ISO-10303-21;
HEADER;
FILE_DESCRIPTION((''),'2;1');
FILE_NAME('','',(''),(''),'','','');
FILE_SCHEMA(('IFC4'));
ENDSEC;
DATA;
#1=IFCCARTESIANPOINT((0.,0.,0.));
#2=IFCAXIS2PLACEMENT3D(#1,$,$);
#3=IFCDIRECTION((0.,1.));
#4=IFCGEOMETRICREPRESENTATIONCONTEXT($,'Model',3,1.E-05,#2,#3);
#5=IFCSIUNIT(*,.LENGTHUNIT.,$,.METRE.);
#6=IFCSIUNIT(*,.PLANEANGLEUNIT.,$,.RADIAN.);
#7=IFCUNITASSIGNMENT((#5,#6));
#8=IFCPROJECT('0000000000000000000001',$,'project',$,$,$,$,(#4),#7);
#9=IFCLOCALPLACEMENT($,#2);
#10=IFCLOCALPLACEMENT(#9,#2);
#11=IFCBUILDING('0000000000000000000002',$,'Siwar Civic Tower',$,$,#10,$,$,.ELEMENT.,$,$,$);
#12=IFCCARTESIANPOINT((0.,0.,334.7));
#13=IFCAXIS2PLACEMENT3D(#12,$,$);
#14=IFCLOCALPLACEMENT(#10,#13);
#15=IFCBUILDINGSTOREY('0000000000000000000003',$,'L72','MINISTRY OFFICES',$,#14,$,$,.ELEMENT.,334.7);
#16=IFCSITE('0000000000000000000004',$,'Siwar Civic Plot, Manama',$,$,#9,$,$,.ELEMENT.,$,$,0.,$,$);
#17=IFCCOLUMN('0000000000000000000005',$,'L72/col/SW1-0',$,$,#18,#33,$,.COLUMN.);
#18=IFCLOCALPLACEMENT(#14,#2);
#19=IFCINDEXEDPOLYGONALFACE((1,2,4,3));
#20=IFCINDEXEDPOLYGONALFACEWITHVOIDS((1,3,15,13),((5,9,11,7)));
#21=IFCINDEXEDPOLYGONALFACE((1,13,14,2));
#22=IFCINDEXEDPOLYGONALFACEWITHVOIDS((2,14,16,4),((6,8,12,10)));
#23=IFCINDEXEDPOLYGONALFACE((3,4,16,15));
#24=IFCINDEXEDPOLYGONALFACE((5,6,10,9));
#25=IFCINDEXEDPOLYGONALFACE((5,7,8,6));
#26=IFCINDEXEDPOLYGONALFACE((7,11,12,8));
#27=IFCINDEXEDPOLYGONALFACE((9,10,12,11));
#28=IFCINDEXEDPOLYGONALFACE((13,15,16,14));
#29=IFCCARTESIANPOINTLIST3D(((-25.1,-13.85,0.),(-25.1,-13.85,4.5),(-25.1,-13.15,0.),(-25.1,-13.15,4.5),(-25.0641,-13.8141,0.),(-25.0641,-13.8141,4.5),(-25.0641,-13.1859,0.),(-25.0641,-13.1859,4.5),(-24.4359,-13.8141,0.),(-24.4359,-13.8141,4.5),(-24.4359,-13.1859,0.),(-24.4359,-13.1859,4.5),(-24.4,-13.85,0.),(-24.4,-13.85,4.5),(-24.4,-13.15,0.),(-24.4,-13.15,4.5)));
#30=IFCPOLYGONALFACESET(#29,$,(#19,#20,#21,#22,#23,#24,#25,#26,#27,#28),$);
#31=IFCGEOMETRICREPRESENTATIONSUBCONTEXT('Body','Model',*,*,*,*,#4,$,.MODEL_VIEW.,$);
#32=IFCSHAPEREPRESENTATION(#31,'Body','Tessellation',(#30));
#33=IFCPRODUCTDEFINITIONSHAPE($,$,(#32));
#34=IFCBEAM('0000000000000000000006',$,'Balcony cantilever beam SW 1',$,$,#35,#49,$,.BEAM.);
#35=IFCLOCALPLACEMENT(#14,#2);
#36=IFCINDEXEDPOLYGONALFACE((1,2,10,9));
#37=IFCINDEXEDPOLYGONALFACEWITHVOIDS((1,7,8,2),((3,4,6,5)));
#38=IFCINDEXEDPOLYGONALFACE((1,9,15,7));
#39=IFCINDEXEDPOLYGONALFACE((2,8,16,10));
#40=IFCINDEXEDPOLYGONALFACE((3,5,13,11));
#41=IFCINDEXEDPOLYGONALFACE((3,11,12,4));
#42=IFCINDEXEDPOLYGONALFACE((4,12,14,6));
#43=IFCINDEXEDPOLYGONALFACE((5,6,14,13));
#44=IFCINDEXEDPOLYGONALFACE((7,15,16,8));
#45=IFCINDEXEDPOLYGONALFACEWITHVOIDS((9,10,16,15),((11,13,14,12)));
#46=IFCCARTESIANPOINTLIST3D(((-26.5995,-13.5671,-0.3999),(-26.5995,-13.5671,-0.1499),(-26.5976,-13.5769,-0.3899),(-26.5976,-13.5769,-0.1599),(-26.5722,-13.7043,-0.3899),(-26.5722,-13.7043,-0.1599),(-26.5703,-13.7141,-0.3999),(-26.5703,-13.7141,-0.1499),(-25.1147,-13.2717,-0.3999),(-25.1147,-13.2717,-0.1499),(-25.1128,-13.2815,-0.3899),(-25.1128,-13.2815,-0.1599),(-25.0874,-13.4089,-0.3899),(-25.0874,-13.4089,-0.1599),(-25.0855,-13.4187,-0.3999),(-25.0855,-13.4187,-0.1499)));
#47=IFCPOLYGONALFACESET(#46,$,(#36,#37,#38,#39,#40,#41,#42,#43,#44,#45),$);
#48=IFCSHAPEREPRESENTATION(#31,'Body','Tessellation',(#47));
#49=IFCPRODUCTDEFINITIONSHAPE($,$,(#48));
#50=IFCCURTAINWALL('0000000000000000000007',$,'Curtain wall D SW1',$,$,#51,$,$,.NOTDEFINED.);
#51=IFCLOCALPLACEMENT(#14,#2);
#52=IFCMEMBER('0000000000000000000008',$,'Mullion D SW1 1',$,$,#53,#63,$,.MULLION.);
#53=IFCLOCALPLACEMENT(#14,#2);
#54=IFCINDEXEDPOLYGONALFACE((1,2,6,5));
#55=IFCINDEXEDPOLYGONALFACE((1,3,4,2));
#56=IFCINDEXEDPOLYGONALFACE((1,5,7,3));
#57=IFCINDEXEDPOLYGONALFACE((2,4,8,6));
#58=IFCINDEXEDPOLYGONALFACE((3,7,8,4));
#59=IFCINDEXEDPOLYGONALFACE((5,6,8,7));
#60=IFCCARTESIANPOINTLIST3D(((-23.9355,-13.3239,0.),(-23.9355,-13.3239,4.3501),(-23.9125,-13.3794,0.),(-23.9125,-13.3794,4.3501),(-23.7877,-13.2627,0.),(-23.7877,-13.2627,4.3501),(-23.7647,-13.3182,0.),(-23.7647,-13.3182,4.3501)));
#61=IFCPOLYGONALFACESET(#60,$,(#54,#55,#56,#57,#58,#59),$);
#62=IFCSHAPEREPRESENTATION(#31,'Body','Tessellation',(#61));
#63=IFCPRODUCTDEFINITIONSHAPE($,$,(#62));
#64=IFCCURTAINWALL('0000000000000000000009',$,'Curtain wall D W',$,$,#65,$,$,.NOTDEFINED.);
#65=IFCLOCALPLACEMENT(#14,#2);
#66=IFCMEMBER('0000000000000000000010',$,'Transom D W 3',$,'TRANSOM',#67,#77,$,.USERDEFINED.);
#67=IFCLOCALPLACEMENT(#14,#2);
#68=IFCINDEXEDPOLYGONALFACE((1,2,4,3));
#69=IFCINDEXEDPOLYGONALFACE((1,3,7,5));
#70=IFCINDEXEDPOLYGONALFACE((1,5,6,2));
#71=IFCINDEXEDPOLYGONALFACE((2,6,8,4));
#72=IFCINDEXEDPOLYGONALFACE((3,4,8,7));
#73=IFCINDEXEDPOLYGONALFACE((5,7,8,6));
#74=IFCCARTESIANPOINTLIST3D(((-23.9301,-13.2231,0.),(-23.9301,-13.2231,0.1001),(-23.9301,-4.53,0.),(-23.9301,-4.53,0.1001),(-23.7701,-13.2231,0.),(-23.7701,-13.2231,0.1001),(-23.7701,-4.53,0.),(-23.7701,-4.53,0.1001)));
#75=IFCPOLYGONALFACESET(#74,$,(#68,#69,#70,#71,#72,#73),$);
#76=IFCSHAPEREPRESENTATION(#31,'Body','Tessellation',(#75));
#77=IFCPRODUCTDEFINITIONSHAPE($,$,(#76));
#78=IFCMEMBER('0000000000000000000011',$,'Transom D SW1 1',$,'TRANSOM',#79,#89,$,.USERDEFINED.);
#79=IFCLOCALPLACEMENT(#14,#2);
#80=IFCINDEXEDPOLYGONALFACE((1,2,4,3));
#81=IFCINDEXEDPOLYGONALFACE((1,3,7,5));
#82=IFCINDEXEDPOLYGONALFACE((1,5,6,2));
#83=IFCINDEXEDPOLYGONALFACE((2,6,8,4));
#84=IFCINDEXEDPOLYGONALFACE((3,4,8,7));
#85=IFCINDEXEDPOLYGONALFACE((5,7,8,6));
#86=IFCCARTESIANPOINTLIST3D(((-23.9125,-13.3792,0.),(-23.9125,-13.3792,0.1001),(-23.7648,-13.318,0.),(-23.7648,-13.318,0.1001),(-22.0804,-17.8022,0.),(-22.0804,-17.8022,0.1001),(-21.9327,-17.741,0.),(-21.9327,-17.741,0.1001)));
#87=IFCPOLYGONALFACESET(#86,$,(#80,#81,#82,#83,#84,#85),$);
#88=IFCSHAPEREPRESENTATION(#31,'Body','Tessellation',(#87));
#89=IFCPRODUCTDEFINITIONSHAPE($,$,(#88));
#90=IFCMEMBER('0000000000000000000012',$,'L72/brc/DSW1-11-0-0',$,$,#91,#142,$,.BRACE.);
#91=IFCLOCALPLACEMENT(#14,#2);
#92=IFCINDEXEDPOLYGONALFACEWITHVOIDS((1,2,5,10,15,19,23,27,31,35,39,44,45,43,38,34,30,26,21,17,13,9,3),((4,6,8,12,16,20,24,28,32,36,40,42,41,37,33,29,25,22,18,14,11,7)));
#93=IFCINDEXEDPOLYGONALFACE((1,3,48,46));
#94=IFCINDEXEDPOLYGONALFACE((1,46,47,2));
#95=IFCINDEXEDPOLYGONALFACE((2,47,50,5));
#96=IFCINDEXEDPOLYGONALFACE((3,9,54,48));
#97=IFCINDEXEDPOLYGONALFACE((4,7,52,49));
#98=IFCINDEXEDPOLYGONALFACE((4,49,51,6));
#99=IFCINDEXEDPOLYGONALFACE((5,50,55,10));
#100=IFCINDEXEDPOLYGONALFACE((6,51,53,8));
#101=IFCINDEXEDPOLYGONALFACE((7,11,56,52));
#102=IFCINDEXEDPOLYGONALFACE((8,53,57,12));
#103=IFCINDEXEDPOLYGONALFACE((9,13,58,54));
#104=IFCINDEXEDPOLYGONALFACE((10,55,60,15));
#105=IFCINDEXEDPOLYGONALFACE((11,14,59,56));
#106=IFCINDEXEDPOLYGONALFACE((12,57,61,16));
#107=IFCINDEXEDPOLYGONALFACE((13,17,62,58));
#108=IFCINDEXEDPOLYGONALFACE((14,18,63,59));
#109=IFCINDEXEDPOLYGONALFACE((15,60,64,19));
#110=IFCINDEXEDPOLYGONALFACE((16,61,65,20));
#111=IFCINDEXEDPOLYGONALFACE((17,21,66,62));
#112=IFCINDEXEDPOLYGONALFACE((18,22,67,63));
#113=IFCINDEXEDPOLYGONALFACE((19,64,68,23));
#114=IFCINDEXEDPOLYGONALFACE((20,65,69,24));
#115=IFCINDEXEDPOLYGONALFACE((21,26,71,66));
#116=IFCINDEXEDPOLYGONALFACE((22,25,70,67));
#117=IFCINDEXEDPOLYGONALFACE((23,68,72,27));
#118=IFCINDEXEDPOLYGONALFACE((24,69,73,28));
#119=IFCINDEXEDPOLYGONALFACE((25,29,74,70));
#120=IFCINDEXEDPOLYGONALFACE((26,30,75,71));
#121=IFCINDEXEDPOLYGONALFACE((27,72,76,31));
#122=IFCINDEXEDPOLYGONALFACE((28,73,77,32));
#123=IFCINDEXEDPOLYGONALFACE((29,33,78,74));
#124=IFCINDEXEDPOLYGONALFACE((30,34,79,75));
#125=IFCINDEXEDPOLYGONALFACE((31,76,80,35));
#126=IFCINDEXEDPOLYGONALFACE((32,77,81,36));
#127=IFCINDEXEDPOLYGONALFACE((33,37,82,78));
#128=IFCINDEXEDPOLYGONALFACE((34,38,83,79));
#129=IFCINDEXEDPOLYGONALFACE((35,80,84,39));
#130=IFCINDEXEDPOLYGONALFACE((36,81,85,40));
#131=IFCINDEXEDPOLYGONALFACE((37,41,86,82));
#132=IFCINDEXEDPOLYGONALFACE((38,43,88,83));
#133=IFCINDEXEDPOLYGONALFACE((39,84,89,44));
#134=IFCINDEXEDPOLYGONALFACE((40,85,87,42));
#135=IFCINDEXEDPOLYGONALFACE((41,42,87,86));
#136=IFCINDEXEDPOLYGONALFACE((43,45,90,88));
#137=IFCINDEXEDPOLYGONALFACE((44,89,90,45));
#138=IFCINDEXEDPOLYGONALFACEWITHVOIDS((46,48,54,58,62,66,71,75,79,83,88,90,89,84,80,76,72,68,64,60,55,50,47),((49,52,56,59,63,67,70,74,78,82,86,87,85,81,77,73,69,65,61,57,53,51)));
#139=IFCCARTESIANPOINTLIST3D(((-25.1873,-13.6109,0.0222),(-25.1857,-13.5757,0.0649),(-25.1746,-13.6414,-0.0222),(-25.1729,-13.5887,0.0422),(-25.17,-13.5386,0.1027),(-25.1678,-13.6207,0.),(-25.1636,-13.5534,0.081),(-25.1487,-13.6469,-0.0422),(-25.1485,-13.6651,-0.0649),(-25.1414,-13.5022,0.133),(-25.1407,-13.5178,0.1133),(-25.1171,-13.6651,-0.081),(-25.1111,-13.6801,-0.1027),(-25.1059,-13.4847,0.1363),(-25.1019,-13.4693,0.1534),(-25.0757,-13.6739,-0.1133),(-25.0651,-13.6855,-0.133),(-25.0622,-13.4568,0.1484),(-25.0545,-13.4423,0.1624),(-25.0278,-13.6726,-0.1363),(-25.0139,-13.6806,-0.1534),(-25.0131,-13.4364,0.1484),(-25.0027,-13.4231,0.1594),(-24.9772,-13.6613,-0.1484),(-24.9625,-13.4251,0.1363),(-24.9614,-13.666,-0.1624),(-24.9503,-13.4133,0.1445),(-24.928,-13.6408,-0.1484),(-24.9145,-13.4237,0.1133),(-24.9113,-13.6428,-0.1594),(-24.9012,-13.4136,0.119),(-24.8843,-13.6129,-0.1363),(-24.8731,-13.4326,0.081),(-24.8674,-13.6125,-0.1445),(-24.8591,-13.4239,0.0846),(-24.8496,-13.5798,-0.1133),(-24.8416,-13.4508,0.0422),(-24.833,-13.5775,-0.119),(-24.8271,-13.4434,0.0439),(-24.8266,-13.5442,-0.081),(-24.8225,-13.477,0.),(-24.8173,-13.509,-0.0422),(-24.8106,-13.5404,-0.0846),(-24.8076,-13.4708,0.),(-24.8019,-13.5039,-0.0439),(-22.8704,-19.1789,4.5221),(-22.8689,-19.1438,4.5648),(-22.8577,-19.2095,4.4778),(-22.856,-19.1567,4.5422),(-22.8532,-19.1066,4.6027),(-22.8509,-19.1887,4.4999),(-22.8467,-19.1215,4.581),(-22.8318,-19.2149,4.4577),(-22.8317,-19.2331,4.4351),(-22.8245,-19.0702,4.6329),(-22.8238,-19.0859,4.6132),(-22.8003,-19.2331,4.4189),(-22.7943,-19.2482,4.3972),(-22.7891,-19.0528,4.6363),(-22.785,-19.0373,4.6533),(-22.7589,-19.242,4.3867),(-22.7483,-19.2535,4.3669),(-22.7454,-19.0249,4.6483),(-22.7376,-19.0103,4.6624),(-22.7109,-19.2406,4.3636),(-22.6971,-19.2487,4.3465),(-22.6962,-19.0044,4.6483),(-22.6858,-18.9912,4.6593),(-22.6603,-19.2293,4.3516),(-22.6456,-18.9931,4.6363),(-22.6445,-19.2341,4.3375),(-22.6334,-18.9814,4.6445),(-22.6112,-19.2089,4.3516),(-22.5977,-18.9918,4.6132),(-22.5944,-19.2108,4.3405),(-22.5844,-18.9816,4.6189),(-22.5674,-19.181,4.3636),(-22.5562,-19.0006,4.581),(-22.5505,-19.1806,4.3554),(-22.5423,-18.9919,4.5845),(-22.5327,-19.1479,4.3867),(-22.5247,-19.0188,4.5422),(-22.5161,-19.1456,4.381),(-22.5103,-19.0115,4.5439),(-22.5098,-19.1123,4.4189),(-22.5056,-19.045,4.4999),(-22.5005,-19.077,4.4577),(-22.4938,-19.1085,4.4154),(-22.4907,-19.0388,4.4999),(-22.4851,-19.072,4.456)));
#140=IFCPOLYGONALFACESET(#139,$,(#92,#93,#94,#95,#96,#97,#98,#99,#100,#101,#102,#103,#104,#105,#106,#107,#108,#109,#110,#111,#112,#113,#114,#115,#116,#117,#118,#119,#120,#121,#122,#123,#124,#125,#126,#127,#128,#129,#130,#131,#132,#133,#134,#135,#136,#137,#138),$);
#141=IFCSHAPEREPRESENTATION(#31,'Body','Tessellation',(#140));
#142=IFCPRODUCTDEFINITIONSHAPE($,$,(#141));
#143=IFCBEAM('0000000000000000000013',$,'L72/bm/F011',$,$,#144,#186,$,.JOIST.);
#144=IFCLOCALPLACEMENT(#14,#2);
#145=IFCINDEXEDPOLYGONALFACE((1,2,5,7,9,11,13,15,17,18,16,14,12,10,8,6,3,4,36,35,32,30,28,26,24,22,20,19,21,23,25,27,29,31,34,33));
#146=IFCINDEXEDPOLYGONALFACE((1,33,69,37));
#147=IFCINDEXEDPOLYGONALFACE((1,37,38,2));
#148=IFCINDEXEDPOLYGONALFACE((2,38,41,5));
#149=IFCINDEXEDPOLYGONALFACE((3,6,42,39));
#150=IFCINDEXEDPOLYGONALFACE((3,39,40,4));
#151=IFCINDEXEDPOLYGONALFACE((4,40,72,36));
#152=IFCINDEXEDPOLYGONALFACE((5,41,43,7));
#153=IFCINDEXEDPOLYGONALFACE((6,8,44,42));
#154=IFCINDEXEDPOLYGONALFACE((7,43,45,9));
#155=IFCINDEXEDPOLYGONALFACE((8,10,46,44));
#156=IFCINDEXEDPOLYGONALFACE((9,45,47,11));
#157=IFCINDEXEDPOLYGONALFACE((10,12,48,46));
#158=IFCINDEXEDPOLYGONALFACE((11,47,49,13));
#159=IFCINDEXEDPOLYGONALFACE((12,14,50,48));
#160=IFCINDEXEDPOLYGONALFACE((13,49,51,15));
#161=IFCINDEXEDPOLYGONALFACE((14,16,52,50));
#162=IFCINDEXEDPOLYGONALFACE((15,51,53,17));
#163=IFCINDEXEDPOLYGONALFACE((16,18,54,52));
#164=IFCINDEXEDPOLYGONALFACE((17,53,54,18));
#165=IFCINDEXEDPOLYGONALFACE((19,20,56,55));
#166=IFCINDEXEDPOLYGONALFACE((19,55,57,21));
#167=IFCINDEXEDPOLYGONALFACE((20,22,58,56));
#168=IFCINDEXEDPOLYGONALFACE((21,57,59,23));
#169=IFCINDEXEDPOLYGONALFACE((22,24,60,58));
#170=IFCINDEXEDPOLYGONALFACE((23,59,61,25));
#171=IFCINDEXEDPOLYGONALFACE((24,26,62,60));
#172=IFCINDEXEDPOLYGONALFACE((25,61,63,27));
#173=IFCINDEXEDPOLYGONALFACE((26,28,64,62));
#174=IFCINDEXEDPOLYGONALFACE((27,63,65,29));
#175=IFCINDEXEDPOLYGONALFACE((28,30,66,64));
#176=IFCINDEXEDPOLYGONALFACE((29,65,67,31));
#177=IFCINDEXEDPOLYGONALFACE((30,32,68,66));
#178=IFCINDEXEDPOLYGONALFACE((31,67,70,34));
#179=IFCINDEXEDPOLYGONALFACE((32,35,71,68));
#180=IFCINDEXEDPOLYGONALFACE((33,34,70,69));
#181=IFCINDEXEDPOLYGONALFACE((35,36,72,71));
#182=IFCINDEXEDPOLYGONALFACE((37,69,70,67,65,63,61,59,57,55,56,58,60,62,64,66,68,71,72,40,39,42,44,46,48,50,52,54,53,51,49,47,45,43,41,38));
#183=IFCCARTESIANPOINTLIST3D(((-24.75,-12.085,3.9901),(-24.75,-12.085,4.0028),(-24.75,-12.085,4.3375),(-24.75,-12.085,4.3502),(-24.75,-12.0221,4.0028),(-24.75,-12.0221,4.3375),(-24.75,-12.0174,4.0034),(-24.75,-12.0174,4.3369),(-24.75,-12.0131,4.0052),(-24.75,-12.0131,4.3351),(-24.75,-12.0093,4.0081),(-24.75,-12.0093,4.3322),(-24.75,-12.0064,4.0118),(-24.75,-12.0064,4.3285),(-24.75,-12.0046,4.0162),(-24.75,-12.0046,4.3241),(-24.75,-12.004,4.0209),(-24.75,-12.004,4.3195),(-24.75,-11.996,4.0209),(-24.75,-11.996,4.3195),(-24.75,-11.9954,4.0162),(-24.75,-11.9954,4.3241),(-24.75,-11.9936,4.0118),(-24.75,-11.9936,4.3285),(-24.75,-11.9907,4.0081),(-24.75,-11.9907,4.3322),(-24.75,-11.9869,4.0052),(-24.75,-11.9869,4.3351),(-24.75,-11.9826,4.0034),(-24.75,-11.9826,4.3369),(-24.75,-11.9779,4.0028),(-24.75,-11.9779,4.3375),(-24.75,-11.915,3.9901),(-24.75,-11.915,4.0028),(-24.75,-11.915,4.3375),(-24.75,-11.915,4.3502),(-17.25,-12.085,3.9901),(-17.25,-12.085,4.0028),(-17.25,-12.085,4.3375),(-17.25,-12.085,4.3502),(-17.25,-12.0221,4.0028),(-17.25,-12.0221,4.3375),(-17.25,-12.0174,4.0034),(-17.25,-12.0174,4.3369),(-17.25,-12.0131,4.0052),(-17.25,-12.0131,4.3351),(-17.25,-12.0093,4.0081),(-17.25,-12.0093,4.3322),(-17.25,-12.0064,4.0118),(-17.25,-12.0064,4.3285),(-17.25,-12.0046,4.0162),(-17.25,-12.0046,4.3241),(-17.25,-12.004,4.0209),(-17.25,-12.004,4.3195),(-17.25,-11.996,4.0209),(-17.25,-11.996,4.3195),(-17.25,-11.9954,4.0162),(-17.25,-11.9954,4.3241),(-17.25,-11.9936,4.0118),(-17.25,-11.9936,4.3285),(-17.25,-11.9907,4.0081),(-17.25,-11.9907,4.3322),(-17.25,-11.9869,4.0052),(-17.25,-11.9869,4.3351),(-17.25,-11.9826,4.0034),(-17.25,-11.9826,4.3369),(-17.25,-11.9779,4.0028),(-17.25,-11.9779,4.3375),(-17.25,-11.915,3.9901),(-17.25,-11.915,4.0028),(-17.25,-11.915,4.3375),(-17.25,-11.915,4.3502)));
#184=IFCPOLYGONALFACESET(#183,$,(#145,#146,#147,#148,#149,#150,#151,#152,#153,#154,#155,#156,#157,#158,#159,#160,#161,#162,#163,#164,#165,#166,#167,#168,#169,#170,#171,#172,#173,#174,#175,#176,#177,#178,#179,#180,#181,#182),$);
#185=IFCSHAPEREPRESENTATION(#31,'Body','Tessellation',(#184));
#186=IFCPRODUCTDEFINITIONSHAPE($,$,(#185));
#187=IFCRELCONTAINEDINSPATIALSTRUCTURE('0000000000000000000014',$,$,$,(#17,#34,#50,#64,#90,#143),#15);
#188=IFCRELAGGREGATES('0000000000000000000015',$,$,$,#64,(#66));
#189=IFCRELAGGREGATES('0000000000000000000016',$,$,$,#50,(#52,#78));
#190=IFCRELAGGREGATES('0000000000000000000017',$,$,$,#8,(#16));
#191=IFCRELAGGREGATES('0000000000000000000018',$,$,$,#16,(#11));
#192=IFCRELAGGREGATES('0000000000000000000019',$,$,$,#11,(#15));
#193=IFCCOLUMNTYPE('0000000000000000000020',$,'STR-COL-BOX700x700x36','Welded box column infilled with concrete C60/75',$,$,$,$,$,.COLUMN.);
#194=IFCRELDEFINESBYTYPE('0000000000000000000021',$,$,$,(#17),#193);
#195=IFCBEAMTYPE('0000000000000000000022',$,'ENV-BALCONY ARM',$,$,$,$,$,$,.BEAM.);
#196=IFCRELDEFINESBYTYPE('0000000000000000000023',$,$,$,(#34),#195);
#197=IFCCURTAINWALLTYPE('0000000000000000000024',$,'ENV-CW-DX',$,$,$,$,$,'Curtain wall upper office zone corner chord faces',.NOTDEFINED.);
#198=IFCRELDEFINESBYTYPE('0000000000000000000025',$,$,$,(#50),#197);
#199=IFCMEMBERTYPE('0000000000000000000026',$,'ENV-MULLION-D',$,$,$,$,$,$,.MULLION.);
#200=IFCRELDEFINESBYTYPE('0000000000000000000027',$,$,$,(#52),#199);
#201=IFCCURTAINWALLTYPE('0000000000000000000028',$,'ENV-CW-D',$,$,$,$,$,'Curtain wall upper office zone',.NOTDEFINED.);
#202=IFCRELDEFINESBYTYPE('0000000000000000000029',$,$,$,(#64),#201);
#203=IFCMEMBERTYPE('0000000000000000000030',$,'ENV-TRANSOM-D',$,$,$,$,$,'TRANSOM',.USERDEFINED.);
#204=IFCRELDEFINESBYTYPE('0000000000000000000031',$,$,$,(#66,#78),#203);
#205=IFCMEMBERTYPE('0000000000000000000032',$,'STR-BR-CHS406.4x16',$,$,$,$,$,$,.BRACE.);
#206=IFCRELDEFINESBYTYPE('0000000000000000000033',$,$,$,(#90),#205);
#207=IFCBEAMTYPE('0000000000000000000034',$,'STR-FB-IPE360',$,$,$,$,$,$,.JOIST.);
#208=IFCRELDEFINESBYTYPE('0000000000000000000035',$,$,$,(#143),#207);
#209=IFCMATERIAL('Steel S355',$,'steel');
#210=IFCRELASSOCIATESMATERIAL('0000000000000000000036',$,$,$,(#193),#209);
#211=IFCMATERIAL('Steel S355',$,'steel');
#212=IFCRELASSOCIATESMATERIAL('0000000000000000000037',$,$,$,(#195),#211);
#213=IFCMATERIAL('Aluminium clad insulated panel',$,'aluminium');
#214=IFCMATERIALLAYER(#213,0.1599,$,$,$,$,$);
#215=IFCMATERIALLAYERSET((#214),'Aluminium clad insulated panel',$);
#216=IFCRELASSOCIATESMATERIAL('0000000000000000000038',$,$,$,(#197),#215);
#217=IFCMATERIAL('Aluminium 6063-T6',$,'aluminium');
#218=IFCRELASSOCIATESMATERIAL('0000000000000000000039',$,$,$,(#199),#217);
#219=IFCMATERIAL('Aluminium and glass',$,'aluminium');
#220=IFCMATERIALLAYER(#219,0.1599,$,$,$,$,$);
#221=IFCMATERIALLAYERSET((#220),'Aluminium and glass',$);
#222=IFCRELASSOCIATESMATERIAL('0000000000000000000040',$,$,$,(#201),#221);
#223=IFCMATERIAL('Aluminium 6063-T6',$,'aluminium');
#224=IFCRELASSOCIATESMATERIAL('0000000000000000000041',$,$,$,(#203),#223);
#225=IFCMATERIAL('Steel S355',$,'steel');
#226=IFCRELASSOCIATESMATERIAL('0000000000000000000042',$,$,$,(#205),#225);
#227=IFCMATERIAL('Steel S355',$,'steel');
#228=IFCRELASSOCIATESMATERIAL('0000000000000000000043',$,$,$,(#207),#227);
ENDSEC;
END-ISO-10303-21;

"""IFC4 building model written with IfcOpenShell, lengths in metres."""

from ifc_helpers import new_model, si_unit, direction, frame, origin, origin_2d, place, context, subcontext, project, spatial, rectangle, hollow_rectangle, hollow_circle, i_section, extrude, material, layer, layer_set, material_profile, profile_set, type_object, element, aggregate, save


model = new_model("IFC4")

# Units and contexts
model_context = context("Model", 3, precision=1e-05, world=origin(), true_north=direction((0.0, 1.0)))
body_context = subcontext(model_context, "Body", "Model", "MODEL_VIEW")
ifc_project = project(units=[si_unit("LENGTHUNIT", "METRE"), si_unit("PLANEANGLEUNIT", "RADIAN")], contexts=[model_context])

# Site, building, storey
site_placement = place(None, origin())
site = spatial("IfcSite", under=ifc_project, at=site_placement, Name="Siwar Civic Plot, Manama", CompositionType="ELEMENT", RefElevation=0.0)
building_placement = place(site_placement, origin())
building = spatial("IfcBuilding", under=site, at=building_placement, Name="Siwar Civic Tower", CompositionType="ELEMENT")
storey_placement = place(building_placement, frame((0.0, 0.0, 334.7)))
storey = spatial("IfcBuildingStorey", under=building, at=storey_placement, Name="L72", Description="MINISTRY OFFICES", CompositionType="ELEMENT", Elevation=334.7)

# Column
ifc_material_1 = material(Name="Steel S355", Category="steel")
ifc_material_profile_1 = material_profile(ifc_material_1, hollow_rectangle(XDim=0.7, YDim=0.7, WallThickness=0.0359, at=origin_2d()), Name="BOX700x700x36")
ifc_profile_set_1 = profile_set([ifc_material_profile_1], Name="Steel S355")
column_type = type_object("IfcColumnType", Name="STR-COL-BOX700x700x36", Description="Welded box column infilled with concrete C60/75", PredefinedType="COLUMN", material=ifc_profile_set_1)
column_placement = place(storey_placement, frame((-24.75, -13.5, 0.0), z_axis=(0.0, 0.0, 1.0), x_axis=(1.0, 0.0, 0.0)))
element("IfcColumn", 1, at=column_placement, inside=storey, type_object=column_type, Name="L72/col/SW1-0", PredefinedType="COLUMN", context=body_context, shape_type="SweptSolid", body=[
    extrude(hollow_rectangle(XDim=0.7, YDim=0.7, WallThickness=0.0359, at=origin_2d()), origin(), (0.0, 0.0, 1.0), 4.5),
])

# Beam
ifc_material_2 = material(Name="Steel S355", Category="steel")
ifc_material_profile_2 = material_profile(ifc_material_2, hollow_rectangle(XDim=0.1499, YDim=0.25, WallThickness=0.01, at=origin_2d()), Name="RHS250x150x10")
ifc_profile_set_2 = profile_set([ifc_material_profile_2], Name="Steel S355")
beam_type_1 = type_object("IfcBeamType", Name="ENV-BALCONY ARM", PredefinedType="BEAM", material=ifc_profile_set_2)
beam_1_placement = place(storey_placement, frame((-25.1001, -13.3452, -0.2749), z_axis=(-0.980779, -0.195124, 0.0), x_axis=(0.195124, -0.980779, 0.0)))
element("IfcBeam", 2, at=beam_1_placement, inside=storey, type_object=beam_type_1, Name="Balcony cantilever beam SW 1", PredefinedType="BEAM", context=body_context, shape_type="SweptSolid", body=[
    extrude(hollow_rectangle(XDim=0.1499, YDim=0.25, WallThickness=0.01, at=origin_2d()), origin(), (0.0, 0.0, 1.0), 1.5139),
])

# Curtain walls, members
ifc_material_3 = material(Name="Aluminium clad insulated panel", Category="aluminium")
ifc_layer_1 = layer(ifc_material_3, 0.1599)
ifc_layer_set_1 = layer_set([ifc_layer_1], Name="Aluminium clad insulated panel")
curtain_wall_type_1 = type_object("IfcCurtainWallType", Name="ENV-CW-DX", ElementType="Curtain wall upper office zone corner chord faces", PredefinedType="NOTDEFINED", material=ifc_layer_set_1)
curtain_wall_1_placement = place(storey_placement, origin())
curtain_wall_1 = element("IfcCurtainWall", 3, at=curtain_wall_1_placement, inside=storey, type_object=curtain_wall_type_1, Name="Curtain wall D SW1", PredefinedType="NOTDEFINED")
ifc_material_4 = material(Name="Aluminium 6063-T6", Category="aluminium")
ifc_material_profile_3 = material_profile(ifc_material_4, rectangle(XDim=0.1599, YDim=0.0601, at=origin_2d()), Name="AL 160x60")
ifc_profile_set_3 = profile_set([ifc_material_profile_3], Name="Aluminium 6063-T6")
member_type_1 = type_object("IfcMemberType", Name="ENV-MULLION-D", PredefinedType="MULLION", material=ifc_profile_set_3)
member_1_placement = place(storey_placement, frame((-23.8501, -13.321, 0.0), z_axis=(0.0, 0.0, 1.0), x_axis=(0.92388, 0.382683, 0.0)))
member_1 = element("IfcMember", 4, at=member_1_placement, type_object=member_type_1, Name="Mullion D SW1 1", PredefinedType="MULLION", context=body_context, shape_type="SweptSolid", body=[
    extrude(rectangle(XDim=0.1599, YDim=0.0601, at=origin_2d()), origin(), (0.0, 0.0, 1.0), 4.3501),
])
ifc_material_5 = material(Name="Aluminium and glass", Category="aluminium")
ifc_layer_2 = layer(ifc_material_5, 0.1599)
ifc_layer_set_2 = layer_set([ifc_layer_2], Name="Aluminium and glass")
curtain_wall_type_2 = type_object("IfcCurtainWallType", Name="ENV-CW-D", ElementType="Curtain wall upper office zone", PredefinedType="NOTDEFINED", material=ifc_layer_set_2)
curtain_wall_2_placement = place(storey_placement, origin())
curtain_wall_2 = element("IfcCurtainWall", 5, at=curtain_wall_2_placement, inside=storey, type_object=curtain_wall_type_2, Name="Curtain wall D W", PredefinedType="NOTDEFINED")
ifc_material_6 = material(Name="Aluminium 6063-T6", Category="aluminium")
ifc_material_profile_4 = material_profile(ifc_material_6, rectangle(XDim=0.1599, YDim=0.1001, at=origin_2d()), Name="AL 160x100")
ifc_profile_set_4 = profile_set([ifc_material_profile_4], Name="Aluminium 6063-T6")
member_type_2 = type_object("IfcMemberType", Name="ENV-TRANSOM-D", ElementType="TRANSOM", PredefinedType="USERDEFINED", material=ifc_profile_set_4)
member_2_placement = place(storey_placement, frame((-23.8501, -4.53, 0.05), z_axis=(0.0, -1.0, 0.0), x_axis=(1.0, 0.0, 0.0)))
member_2 = element("IfcMember", 6, at=member_2_placement, type_object=member_type_2, Name="Transom D W 3", ObjectType="TRANSOM", PredefinedType="USERDEFINED", context=body_context, shape_type="SweptSolid", body=[
    extrude(rectangle(XDim=0.1599, YDim=0.1001, at=origin_2d()), origin(), (0.0, 0.0, 1.0), 8.6931),
])

# Members
member_3_placement = place(storey_placement, frame((-23.8386, -13.3486, 0.05), z_axis=(0.382688, -0.923878, 0.0), x_axis=(0.923878, 0.382688, 0.0)))
member_3 = element("IfcMember", 7, at=member_3_placement, type_object=member_type_2, Name="Transom D SW1 1", ObjectType="TRANSOM", PredefinedType="USERDEFINED", context=body_context, shape_type="SweptSolid", body=[
    extrude(rectangle(XDim=0.1599, YDim=0.1001, at=origin_2d()), origin(), (0.0, 0.0, 1.0), 4.7874),
])
ifc_material_7 = material(Name="Steel S355", Category="steel")
ifc_material_profile_5 = material_profile(ifc_material_7, hollow_circle(Radius=0.2031, WallThickness=0.0161, at=origin_2d()), Name="CHS406.4x16")
ifc_profile_set_5 = profile_set([ifc_material_profile_5], Name="Steel S355")
member_type_3 = type_object("IfcMemberType", Name="STR-BR-CHS406.4x16", PredefinedType="BRACE", material=ifc_profile_set_5)
member_4_placement = place(storey_placement, frame((-24.9951, -13.5488, 0.0), z_axis=(0.307903, -0.739973, 0.598026), x_axis=(0.923262, 0.38417, 0.0)))
element("IfcMember", 8, at=member_4_placement, inside=storey, type_object=member_type_3, Name="L72/brc/DSW1-11-0-0", PredefinedType="BRACE", context=body_context, shape_type="SweptSolid", body=[
    extrude(hollow_circle(Radius=0.2031, WallThickness=0.0161, at=origin_2d()), origin(), (0.0, 0.0, 1.0), 7.5247),
])

# Beam
ifc_material_8 = material(Name="Steel S355", Category="steel")
ifc_material_profile_6 = material_profile(ifc_material_8, i_section(OverallWidth=0.1699, OverallDepth=0.3601, WebThickness=0.0081, FlangeThickness=0.0127, FilletRadius=0.0181, at=origin_2d()), Name="IPE360")
ifc_profile_set_6 = profile_set([ifc_material_profile_6], Name="Steel S355")
beam_type_2 = type_object("IfcBeamType", Name="STR-FB-IPE360", PredefinedType="JOIST", material=ifc_profile_set_6)
for number, where, z_axis, x_axis, name in (
    (9, (-24.75, -12.0, 4.1702), (1.0, 0.0, 0.0), (0.0, 1.0, 0.0), "L72/bm/F011"),
):
    element("IfcBeam", number, at=place(storey_placement, frame(where, z_axis=z_axis, x_axis=x_axis)), inside=storey, type_object=beam_type_2, Name=name, PredefinedType="JOIST", context=body_context, shape_type="SweptSolid", body=[
        extrude(i_section(OverallWidth=0.1699, OverallDepth=0.3601, WebThickness=0.0081, FlangeThickness=0.0127, FilletRadius=0.0181, at=origin_2d()), origin(), (0.0, 0.0, 1.0), 7.5),
    ])

aggregate(curtain_wall_2, [member_2])
aggregate(curtain_wall_1, [member_1, member_3])

save(model, "model.ifc")
